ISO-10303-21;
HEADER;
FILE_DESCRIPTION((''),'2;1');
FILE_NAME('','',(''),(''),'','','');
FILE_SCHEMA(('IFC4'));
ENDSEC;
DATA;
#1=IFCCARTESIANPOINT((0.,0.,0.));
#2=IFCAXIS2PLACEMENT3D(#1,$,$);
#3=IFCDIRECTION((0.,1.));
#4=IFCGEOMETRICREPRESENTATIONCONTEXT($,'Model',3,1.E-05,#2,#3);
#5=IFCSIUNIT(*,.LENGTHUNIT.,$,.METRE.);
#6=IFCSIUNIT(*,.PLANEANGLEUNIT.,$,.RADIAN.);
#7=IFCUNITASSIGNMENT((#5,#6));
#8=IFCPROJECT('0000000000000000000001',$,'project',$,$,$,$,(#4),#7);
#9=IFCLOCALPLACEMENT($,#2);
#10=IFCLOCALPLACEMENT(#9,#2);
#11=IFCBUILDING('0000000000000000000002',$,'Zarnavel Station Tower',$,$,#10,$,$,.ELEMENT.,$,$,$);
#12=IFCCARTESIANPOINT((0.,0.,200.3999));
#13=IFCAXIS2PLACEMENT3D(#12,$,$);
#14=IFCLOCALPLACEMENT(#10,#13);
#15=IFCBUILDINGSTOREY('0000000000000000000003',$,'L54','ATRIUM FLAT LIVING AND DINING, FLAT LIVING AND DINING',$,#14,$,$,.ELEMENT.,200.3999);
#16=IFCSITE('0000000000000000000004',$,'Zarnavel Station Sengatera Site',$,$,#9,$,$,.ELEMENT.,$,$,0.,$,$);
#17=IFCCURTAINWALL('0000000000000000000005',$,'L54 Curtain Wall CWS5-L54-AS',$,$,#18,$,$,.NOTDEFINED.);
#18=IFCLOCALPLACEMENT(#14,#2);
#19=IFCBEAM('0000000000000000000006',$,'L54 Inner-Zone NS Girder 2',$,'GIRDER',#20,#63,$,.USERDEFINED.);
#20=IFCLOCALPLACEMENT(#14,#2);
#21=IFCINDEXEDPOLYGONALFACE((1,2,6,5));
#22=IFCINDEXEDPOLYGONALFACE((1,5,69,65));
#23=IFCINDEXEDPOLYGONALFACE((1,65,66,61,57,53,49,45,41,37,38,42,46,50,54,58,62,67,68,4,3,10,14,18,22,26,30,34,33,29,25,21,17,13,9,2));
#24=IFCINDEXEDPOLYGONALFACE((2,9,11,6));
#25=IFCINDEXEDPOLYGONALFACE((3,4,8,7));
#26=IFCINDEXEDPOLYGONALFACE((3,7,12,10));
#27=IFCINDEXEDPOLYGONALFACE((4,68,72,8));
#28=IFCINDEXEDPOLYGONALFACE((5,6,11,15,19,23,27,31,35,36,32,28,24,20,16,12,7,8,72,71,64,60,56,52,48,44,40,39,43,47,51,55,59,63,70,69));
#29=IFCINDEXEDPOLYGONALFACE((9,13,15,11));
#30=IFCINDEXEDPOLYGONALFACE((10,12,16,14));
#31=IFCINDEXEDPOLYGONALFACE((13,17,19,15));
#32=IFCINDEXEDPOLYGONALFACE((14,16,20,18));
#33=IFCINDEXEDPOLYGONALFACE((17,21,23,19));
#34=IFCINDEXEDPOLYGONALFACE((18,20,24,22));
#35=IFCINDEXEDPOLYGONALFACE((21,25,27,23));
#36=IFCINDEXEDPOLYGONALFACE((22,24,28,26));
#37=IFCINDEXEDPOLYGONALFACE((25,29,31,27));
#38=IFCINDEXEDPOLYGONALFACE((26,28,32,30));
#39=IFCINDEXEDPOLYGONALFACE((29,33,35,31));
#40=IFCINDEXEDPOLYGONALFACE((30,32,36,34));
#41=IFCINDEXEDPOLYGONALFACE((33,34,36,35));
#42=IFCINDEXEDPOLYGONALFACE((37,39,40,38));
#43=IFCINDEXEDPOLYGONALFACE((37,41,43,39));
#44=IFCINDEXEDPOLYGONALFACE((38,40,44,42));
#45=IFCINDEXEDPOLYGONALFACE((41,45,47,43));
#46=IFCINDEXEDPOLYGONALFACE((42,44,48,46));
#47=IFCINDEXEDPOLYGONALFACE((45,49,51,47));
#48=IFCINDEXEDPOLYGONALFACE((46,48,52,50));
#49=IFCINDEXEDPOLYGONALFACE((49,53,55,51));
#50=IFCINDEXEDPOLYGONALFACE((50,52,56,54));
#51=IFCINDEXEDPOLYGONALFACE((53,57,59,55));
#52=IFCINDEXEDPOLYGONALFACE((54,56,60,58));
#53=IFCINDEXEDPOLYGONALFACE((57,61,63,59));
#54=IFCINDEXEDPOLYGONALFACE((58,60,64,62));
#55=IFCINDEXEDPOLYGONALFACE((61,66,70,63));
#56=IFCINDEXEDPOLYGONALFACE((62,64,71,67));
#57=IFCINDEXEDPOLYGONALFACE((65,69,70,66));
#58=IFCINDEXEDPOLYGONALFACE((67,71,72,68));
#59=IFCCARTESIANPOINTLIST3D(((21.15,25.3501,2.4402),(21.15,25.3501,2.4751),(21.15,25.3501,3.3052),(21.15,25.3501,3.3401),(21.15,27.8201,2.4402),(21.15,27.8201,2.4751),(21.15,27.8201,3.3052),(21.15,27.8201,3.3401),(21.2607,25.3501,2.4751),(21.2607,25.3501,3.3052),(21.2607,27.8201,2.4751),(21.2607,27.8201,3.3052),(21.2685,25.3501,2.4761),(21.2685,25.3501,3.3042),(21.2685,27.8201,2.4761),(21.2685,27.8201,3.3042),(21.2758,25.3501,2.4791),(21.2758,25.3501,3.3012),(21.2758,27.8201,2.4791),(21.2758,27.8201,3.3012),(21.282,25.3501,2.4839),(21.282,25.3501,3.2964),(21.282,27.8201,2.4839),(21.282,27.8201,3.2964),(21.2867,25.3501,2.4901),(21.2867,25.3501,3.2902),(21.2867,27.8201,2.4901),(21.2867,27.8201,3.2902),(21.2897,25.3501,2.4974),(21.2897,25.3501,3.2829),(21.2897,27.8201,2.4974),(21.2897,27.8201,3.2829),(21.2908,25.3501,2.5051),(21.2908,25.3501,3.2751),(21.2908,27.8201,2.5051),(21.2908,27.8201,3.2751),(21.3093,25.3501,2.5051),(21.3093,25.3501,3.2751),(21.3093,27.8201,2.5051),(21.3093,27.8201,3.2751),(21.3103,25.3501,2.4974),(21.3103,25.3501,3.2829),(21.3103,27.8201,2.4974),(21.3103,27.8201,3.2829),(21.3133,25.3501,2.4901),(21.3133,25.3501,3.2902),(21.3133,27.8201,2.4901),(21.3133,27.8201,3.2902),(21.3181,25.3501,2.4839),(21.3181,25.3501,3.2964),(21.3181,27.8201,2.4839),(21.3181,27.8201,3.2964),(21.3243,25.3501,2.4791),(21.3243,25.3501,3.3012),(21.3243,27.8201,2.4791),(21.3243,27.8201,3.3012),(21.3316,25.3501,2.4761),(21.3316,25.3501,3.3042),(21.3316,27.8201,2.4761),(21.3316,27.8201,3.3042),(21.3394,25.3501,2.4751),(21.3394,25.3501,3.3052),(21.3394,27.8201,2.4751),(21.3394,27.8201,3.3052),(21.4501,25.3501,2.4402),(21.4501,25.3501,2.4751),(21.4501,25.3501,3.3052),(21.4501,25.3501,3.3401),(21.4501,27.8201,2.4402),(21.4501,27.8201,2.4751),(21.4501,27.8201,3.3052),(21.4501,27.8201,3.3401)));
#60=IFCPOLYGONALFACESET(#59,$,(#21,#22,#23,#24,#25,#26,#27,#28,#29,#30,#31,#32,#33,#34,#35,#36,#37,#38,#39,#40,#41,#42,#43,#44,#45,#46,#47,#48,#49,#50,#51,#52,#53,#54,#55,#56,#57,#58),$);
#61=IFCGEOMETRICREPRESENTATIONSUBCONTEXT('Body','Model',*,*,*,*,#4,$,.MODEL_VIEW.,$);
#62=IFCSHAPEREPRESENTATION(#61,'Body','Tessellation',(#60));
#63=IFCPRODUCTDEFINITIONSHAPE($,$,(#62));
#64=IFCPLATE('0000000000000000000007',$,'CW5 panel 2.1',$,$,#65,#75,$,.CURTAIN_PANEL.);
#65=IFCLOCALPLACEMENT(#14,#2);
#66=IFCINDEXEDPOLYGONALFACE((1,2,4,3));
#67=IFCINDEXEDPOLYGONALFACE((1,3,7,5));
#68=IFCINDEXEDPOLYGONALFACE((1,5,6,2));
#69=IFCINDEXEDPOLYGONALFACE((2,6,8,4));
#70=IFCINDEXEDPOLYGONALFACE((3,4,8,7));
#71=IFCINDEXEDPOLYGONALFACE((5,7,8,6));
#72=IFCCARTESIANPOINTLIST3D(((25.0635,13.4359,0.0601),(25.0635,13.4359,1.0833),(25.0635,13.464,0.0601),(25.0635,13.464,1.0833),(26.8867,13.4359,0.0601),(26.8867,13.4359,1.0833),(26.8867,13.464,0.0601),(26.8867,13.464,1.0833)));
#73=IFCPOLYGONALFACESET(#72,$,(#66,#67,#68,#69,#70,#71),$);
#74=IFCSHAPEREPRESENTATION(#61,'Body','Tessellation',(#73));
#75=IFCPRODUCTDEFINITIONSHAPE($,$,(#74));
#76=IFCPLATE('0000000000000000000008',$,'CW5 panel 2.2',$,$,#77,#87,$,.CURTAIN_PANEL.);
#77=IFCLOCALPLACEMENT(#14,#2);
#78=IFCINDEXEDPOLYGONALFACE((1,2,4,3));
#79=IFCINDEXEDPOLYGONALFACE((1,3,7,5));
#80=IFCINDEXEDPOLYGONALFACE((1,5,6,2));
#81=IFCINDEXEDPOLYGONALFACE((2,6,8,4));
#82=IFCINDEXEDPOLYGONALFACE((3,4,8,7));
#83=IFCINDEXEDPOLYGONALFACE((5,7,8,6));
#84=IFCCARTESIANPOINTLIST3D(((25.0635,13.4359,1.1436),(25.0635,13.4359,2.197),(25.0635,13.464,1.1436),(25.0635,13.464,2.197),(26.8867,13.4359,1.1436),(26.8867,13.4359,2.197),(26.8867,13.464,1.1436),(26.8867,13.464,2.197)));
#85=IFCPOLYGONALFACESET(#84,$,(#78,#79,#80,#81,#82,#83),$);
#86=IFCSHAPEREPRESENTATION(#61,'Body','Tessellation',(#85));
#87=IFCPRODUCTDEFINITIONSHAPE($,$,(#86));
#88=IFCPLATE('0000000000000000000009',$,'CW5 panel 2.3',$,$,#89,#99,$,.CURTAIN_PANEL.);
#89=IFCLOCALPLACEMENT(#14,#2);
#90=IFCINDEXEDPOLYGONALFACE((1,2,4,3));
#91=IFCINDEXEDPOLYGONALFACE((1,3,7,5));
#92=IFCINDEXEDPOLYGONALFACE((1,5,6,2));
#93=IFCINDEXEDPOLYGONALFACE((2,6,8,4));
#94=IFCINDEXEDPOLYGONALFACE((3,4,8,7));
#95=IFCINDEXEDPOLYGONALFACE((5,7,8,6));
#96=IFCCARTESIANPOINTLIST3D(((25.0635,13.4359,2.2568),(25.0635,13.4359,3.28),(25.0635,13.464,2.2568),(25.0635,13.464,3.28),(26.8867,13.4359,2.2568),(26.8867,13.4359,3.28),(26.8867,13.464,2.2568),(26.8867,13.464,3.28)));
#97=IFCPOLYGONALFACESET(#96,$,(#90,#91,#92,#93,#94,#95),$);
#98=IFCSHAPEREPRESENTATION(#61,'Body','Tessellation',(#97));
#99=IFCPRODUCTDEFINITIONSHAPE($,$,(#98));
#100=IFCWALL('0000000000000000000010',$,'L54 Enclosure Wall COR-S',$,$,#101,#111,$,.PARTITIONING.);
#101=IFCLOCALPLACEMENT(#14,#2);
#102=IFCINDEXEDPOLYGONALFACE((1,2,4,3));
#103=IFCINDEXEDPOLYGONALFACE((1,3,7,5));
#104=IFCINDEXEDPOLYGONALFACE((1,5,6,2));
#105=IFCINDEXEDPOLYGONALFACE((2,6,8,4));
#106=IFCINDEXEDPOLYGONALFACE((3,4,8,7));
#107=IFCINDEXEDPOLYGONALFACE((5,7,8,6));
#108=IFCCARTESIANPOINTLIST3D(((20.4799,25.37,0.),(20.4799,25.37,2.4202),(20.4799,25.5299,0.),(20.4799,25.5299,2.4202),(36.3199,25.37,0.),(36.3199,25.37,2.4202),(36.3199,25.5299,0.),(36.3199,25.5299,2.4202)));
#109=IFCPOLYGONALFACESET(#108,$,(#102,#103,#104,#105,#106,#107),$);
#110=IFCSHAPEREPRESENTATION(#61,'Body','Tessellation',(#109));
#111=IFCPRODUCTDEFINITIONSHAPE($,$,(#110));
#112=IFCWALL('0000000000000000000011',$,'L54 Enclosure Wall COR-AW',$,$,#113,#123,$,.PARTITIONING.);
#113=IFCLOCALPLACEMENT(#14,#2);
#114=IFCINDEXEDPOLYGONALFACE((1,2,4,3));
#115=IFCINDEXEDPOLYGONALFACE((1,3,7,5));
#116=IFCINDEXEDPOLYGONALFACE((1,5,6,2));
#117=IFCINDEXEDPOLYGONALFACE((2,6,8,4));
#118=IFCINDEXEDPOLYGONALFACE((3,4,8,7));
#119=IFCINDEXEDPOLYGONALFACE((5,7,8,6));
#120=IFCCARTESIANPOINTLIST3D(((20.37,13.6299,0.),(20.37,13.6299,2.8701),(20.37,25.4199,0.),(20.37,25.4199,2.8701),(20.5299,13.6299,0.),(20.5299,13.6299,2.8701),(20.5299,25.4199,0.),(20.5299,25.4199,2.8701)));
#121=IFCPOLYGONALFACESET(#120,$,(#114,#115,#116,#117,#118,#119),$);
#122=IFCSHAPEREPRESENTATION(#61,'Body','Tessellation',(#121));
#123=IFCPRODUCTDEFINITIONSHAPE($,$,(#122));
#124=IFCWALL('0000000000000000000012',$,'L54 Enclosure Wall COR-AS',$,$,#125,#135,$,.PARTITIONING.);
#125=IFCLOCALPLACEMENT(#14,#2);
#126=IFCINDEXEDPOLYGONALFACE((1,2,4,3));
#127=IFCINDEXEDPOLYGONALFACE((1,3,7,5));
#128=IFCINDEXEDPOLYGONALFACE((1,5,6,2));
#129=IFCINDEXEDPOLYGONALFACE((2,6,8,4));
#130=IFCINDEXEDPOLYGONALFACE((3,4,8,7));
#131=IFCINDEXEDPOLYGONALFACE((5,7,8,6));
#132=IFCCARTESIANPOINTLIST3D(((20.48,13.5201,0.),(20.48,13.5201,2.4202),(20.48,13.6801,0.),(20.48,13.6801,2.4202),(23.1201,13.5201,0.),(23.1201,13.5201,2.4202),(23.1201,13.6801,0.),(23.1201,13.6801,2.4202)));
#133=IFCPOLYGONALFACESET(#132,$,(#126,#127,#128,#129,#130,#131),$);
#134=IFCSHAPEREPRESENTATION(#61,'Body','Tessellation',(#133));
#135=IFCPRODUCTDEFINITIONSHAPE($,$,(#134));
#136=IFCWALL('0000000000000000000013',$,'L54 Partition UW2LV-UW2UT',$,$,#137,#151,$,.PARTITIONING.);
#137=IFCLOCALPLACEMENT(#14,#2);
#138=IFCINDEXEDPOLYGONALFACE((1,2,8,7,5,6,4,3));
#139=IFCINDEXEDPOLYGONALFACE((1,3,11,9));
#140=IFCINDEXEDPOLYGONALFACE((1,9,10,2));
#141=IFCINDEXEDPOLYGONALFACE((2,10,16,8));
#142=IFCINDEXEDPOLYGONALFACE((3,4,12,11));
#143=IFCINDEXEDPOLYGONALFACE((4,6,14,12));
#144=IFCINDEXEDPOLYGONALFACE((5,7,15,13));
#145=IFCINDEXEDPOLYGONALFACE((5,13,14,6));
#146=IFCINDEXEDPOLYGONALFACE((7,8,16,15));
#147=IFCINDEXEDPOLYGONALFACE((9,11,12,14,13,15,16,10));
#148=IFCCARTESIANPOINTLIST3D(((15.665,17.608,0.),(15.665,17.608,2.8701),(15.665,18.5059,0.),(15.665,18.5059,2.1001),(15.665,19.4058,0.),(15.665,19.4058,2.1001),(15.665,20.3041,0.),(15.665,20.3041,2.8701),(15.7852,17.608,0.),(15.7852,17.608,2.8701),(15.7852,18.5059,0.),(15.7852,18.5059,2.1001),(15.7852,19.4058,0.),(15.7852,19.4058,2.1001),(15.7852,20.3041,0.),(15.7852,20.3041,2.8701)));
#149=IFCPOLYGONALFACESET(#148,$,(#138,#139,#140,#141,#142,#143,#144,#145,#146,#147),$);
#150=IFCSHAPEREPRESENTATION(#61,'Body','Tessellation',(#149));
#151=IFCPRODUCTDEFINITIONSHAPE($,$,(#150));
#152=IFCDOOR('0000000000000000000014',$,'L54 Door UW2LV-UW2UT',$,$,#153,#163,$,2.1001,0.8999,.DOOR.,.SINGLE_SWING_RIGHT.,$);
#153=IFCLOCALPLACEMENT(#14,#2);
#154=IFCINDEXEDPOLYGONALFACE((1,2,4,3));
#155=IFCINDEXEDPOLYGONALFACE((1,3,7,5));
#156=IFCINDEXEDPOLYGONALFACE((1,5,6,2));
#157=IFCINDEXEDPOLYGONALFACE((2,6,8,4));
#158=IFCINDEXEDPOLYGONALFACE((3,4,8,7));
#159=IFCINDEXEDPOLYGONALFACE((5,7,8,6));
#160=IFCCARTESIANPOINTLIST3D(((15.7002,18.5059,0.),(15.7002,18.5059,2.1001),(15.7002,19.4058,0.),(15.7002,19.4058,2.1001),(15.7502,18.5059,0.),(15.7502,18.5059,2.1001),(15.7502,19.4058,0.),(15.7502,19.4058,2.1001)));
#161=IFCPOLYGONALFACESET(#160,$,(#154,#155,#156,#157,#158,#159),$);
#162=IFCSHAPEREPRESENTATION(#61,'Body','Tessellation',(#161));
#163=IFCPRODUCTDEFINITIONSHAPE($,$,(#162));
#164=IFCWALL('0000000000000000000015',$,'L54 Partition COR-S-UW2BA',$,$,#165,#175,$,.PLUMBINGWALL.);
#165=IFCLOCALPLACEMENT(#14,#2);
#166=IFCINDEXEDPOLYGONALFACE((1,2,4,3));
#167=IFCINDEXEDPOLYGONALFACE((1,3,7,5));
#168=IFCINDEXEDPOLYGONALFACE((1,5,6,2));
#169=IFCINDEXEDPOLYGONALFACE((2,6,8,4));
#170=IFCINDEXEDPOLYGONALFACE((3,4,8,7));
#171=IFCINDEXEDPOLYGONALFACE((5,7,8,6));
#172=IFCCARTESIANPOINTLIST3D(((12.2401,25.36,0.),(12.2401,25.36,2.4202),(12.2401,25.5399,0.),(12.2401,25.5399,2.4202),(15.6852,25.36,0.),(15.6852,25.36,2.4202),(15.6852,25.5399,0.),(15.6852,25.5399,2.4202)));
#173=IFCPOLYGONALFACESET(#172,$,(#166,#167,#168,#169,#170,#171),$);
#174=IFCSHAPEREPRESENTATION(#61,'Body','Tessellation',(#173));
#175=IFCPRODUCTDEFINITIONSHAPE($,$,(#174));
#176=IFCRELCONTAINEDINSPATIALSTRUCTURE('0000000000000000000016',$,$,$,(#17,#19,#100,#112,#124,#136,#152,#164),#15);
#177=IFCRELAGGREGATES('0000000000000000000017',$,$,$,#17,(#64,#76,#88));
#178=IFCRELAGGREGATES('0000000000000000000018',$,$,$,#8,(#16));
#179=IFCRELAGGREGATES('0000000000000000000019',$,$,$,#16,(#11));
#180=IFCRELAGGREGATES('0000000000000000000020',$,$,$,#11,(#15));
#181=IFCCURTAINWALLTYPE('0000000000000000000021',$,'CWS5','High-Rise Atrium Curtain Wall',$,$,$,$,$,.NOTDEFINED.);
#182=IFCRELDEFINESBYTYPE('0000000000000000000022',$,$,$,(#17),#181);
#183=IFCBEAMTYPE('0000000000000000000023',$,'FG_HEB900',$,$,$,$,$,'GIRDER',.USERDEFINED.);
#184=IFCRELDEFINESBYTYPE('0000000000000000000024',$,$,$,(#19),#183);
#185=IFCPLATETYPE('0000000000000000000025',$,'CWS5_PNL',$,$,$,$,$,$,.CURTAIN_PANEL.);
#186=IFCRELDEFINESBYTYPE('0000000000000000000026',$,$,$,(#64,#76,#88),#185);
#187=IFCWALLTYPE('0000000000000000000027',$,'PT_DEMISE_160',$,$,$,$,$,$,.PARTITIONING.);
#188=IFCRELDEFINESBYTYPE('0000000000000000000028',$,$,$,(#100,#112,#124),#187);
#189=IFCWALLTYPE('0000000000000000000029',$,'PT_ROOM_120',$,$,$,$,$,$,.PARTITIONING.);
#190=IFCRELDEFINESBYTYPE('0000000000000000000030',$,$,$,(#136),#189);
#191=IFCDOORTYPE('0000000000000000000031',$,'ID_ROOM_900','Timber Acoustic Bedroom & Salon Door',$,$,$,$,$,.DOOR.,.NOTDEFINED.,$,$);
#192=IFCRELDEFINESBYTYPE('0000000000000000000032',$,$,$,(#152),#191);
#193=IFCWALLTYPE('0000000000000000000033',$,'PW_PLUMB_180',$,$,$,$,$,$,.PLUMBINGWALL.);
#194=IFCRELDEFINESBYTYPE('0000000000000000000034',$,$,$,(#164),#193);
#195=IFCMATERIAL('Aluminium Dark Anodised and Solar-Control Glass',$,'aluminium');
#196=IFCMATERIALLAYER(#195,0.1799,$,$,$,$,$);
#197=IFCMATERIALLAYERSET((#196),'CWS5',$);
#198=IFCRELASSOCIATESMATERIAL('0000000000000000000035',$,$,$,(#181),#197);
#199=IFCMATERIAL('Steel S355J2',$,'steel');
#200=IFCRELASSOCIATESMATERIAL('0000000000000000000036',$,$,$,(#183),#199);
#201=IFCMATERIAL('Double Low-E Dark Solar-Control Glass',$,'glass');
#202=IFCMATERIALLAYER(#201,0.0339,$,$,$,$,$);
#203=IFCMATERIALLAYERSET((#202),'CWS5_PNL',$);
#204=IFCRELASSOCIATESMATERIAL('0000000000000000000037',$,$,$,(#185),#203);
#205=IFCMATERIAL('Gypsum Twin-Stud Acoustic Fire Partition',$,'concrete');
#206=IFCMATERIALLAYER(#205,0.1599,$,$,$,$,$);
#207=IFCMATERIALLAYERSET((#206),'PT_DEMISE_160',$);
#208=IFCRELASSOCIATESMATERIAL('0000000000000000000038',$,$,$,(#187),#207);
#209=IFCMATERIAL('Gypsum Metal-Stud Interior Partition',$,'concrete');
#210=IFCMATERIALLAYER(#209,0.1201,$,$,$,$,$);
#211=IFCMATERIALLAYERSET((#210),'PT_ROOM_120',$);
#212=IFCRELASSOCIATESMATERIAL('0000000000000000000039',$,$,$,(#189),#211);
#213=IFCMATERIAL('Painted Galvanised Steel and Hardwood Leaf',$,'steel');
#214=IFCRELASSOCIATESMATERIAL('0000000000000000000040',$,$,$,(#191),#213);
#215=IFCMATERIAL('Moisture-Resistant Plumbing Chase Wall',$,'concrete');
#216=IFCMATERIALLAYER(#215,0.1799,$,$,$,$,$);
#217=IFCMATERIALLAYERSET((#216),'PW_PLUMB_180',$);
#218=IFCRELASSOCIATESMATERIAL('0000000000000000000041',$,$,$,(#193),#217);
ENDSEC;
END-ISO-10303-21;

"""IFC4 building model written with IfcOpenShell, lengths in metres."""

from ifc_helpers import new_model, si_unit, direction, frame, frame_2d, origin, origin_2d, place, context, subcontext, project, spatial, rectangle, i_section, extrude, material, layer, layer_set, material_profile, profile_set, type_object, element, fill, aggregate, save


model = new_model("IFC4")

# Units and contexts
model_context = context("Model", 3, precision=1e-05, world=origin(), true_north=direction((0.0, 1.0)))
body_context = subcontext(model_context, "Body", "Model", "MODEL_VIEW")
ifc_project = project(units=[si_unit("LENGTHUNIT", "METRE"), si_unit("PLANEANGLEUNIT", "RADIAN")], contexts=[model_context])

# Site, building, storey
site_placement = place(None, origin())
site = spatial("IfcSite", under=ifc_project, at=site_placement, Name="Zarnavel Station Sengatera Site", CompositionType="ELEMENT", RefElevation=0.0)
building_placement = place(site_placement, origin())
building = spatial("IfcBuilding", under=site, at=building_placement, Name="Zarnavel Station Tower", CompositionType="ELEMENT")
storey_placement = place(building_placement, frame((0.0, 0.0, 200.3999)))
storey = spatial("IfcBuildingStorey", under=building, at=storey_placement, Name="L54", Description="ATRIUM FLAT LIVING AND DINING, FLAT LIVING AND DINING", CompositionType="ELEMENT", Elevation=200.3999)

# Curtain wall
ifc_material_1 = material(Name="Aluminium Dark Anodised and Solar-Control Glass", Category="aluminium")
ifc_layer_1 = layer(ifc_material_1, 0.1799)
ifc_layer_set_1 = layer_set([ifc_layer_1], Name="CWS5")
curtain_wall_type = type_object("IfcCurtainWallType", Name="CWS5", Description="High-Rise Atrium Curtain Wall", PredefinedType="NOTDEFINED", material=ifc_layer_set_1)
curtain_wall_placement = place(storey_placement, origin())
curtain_wall = element("IfcCurtainWall", 1, at=curtain_wall_placement, inside=storey, type_object=curtain_wall_type, Name="L54 Curtain Wall CWS5-L54-AS", PredefinedType="NOTDEFINED")

# Beam
ifc_material_2 = material(Name="Steel S355J2", Category="steel")
ifc_material_profile_1 = material_profile(ifc_material_2, i_section(OverallWidth=0.3, OverallDepth=0.8999, WebThickness=0.0186, FlangeThickness=0.0349, FilletRadius=0.03, at=origin_2d()), Name="HEB900")
ifc_profile_set_1 = profile_set([ifc_material_profile_1], Name="Steel S355J2")
beam_type_1 = type_object("IfcBeamType", Name="FG_HEB900", ElementType="GIRDER", PredefinedType="USERDEFINED", material=ifc_profile_set_1)
beam_1_placement = place(storey_placement, frame((21.3, 25.3501, 2.8901), z_axis=(0.0, 1.0, 0.0), x_axis=(-1.0, 0.0, 0.0)))
element("IfcBeam", 2, at=beam_1_placement, inside=storey, type_object=beam_type_1, Name="L54 Inner-Zone NS Girder 2", ObjectType="GIRDER", PredefinedType="USERDEFINED", context=body_context, shape_type="SweptSolid", body=[
    extrude(i_section(OverallWidth=0.3, OverallDepth=0.8999, WebThickness=0.0186, FlangeThickness=0.0349, FilletRadius=0.03, at=origin_2d()), origin(), (0.0, 0.0, 1.0), 2.47),
])

# Plates
ifc_material_3 = material(Name="Double Low-E Dark Solar-Control Glass", Category="glass")
ifc_layer_2 = layer(ifc_material_3, 0.0339)
ifc_layer_set_2 = layer_set([ifc_layer_2], Name="CWS5_PNL")
plate_type = type_object("IfcPlateType", Name="CWS5_PNL", PredefinedType="CURTAIN_PANEL", material=ifc_layer_set_2)
plate_1_placement = place(storey_placement, frame((25.9751, 13.45, 0.0601), z_axis=(0.0, 0.0, 1.0), x_axis=(1.0, 0.0, 0.0)))
plate_1 = element("IfcPlate", 3, at=plate_1_placement, type_object=plate_type, Name="CW5 panel 2.1", PredefinedType="CURTAIN_PANEL", context=body_context, shape_type="SweptSolid", body=[
    extrude(rectangle(XDim=1.8232, YDim=0.0281, at=origin_2d()), origin(), (0.0, 0.0, 1.0), 1.0232),
])
plate_2_placement = place(storey_placement, frame((25.9751, 13.45, 1.1436), z_axis=(0.0, 0.0, 1.0), x_axis=(1.0, 0.0, 0.0)))
plate_2 = element("IfcPlate", 4, at=plate_2_placement, type_object=plate_type, Name="CW5 panel 2.2", PredefinedType="CURTAIN_PANEL", context=body_context, shape_type="SweptSolid", body=[
    extrude(rectangle(XDim=1.8232, YDim=0.0281, at=origin_2d()), origin(), (0.0, 0.0, 1.0), 1.0535),
])
plate_3_placement = place(storey_placement, frame((25.9751, 13.45, 2.2568), z_axis=(0.0, 0.0, 1.0), x_axis=(1.0, 0.0, 0.0)))
plate_3 = element("IfcPlate", 5, at=plate_3_placement, type_object=plate_type, Name="CW5 panel 2.3", PredefinedType="CURTAIN_PANEL", context=body_context, shape_type="SweptSolid", body=[
    extrude(rectangle(XDim=1.8232, YDim=0.0281, at=origin_2d()), origin(), (0.0, 0.0, 1.0), 1.0232),
])
aggregate(curtain_wall, [plate_1, plate_2, plate_3])

# Shared definitions
ifc_material_4 = material(Name="Gypsum Twin-Stud Acoustic Fire Partition", Category="concrete")
ifc_layer_3 = layer(ifc_material_4, 0.1599)
ifc_layer_set_3 = layer_set([ifc_layer_3], Name="PT_DEMISE_160")
wall_type_1 = type_object("IfcWallType", Name="PT_DEMISE_160", PredefinedType="PARTITIONING", material=ifc_layer_set_3)

# Walls
wall_1_placement = place(storey_placement, frame((20.48, 25.45, 0.0), z_axis=(0.0, 0.0, 1.0), x_axis=(1.0, 0.0, 0.0)))
element("IfcWall", 6, at=wall_1_placement, inside=storey, type_object=wall_type_1, Name="L54 Enclosure Wall COR-S", PredefinedType="PARTITIONING", context=body_context, shape_type="SweptSolid", body=[
    extrude(rectangle(XDim=15.8401, YDim=0.1599, at=frame_2d((7.9199, 0.0))), origin(), (0.0, 0.0, 1.0), 2.4202),
])
wall_2_placement = place(storey_placement, frame((20.45, 13.6299, 0.0), z_axis=(0.0, 0.0, 1.0), x_axis=(0.0, 1.0, 0.0)))
element("IfcWall", 7, at=wall_2_placement, inside=storey, type_object=wall_type_1, Name="L54 Enclosure Wall COR-AW", PredefinedType="PARTITIONING", context=body_context, shape_type="SweptSolid", body=[
    extrude(rectangle(XDim=11.79, YDim=0.1599, at=frame_2d((5.895, 0.0))), origin(), (0.0, 0.0, 1.0), 2.8701),
])
wall_3_placement = place(storey_placement, frame((20.48, 13.6001, 0.0), z_axis=(0.0, 0.0, 1.0), x_axis=(1.0, 0.0, 0.0)))
element("IfcWall", 8, at=wall_3_placement, inside=storey, type_object=wall_type_1, Name="L54 Enclosure Wall COR-AS", PredefinedType="PARTITIONING", context=body_context, shape_type="SweptSolid", body=[
    extrude(rectangle(XDim=2.6401, YDim=0.1599, at=frame_2d((1.3201, 0.0))), origin(), (0.0, 0.0, 1.0), 2.4202),
])

# Wall, opening, door
ifc_material_5 = material(Name="Gypsum Metal-Stud Interior Partition", Category="concrete")
ifc_layer_4 = layer(ifc_material_5, 0.1201)
ifc_layer_set_4 = layer_set([ifc_layer_4], Name="PT_ROOM_120")
wall_type_2 = type_object("IfcWallType", Name="PT_ROOM_120", PredefinedType="PARTITIONING", material=ifc_layer_set_4)
wall_4_placement = place(storey_placement, frame((15.7251, 17.6079, 0.0), z_axis=(0.0, 0.0, 1.0), x_axis=(0.0, 1.0, 0.0)))
wall_4 = element("IfcWall", 9, at=wall_4_placement, inside=storey, type_object=wall_type_2, Name="L54 Partition UW2LV-UW2UT", PredefinedType="PARTITIONING", context=body_context, shape_type="SweptSolid", body=[
    extrude(rectangle(XDim=2.696, YDim=0.1201, at=frame_2d((1.3481, 0.0))), origin(), (0.0, 0.0, 1.0), 2.8701),
])
opening_1_placement = place(wall_4_placement, frame((0.8979, 0.0, 0.0)))
opening_1 = element("IfcOpeningElement", 10, at=opening_1_placement, cuts=wall_4, PredefinedType="OPENING", context=body_context, shape_type="SweptSolid", body=[
    extrude(rectangle(XDim=0.8999, YDim=2.1001, at=frame_2d((0.45, 1.05))), frame((0.0, 0.0701, 0.0), z_axis=(0.0, -1.0, 0.0), x_axis=(1.0, 0.0, 0.0)), (0.0, 0.0, 1.0), 0.1401),
])
ifc_material_6 = material(Name="Painted Galvanised Steel and Hardwood Leaf", Category="steel")
door_type_1 = type_object("IfcDoorType", Name="ID_ROOM_900", Description="Timber Acoustic Bedroom & Salon Door", OperationType="NOTDEFINED", PredefinedType="DOOR", material=ifc_material_6)
door_1_placement = place(opening_1_placement, origin())
door_1 = element("IfcDoor", 11, at=door_1_placement, inside=storey, type_object=door_type_1, Name="L54 Door UW2LV-UW2UT", OperationType="SINGLE_SWING_RIGHT", OverallHeight=2.1001, OverallWidth=0.8999, PredefinedType="DOOR", context=body_context, shape_type="SweptSolid", body=[
    extrude(rectangle(XDim=0.8999, YDim=2.1001, at=frame_2d((0.45, 1.05))), frame((0.0, 0.0249, 0.0), z_axis=(0.0, -1.0, 0.0), x_axis=(1.0, 0.0, 0.0)), (0.0, 0.0, 1.0), 0.05),
])
fill(opening_1, door_1)

# Wall
ifc_material_7 = material(Name="Moisture-Resistant Plumbing Chase Wall", Category="concrete")
ifc_layer_5 = layer(ifc_material_7, 0.1799)
ifc_layer_set_5 = layer_set([ifc_layer_5], Name="PW_PLUMB_180")
wall_type_3 = type_object("IfcWallType", Name="PW_PLUMB_180", PredefinedType="PLUMBINGWALL", material=ifc_layer_set_5)
wall_5_placement = place(storey_placement, frame((12.24, 25.45, 0.0), z_axis=(0.0, 0.0, 1.0), x_axis=(1.0, 0.0, 0.0)))
element("IfcWall", 12, at=wall_5_placement, inside=storey, type_object=wall_type_3, Name="L54 Partition COR-S-UW2BA", PredefinedType="PLUMBINGWALL", context=body_context, shape_type="SweptSolid", body=[
    extrude(rectangle(XDim=3.4451, YDim=0.1799, at=frame_2d((1.7227, 0.0))), origin(), (0.0, 0.0, 1.0), 2.4202),
])

save(model, "model.ifc")
